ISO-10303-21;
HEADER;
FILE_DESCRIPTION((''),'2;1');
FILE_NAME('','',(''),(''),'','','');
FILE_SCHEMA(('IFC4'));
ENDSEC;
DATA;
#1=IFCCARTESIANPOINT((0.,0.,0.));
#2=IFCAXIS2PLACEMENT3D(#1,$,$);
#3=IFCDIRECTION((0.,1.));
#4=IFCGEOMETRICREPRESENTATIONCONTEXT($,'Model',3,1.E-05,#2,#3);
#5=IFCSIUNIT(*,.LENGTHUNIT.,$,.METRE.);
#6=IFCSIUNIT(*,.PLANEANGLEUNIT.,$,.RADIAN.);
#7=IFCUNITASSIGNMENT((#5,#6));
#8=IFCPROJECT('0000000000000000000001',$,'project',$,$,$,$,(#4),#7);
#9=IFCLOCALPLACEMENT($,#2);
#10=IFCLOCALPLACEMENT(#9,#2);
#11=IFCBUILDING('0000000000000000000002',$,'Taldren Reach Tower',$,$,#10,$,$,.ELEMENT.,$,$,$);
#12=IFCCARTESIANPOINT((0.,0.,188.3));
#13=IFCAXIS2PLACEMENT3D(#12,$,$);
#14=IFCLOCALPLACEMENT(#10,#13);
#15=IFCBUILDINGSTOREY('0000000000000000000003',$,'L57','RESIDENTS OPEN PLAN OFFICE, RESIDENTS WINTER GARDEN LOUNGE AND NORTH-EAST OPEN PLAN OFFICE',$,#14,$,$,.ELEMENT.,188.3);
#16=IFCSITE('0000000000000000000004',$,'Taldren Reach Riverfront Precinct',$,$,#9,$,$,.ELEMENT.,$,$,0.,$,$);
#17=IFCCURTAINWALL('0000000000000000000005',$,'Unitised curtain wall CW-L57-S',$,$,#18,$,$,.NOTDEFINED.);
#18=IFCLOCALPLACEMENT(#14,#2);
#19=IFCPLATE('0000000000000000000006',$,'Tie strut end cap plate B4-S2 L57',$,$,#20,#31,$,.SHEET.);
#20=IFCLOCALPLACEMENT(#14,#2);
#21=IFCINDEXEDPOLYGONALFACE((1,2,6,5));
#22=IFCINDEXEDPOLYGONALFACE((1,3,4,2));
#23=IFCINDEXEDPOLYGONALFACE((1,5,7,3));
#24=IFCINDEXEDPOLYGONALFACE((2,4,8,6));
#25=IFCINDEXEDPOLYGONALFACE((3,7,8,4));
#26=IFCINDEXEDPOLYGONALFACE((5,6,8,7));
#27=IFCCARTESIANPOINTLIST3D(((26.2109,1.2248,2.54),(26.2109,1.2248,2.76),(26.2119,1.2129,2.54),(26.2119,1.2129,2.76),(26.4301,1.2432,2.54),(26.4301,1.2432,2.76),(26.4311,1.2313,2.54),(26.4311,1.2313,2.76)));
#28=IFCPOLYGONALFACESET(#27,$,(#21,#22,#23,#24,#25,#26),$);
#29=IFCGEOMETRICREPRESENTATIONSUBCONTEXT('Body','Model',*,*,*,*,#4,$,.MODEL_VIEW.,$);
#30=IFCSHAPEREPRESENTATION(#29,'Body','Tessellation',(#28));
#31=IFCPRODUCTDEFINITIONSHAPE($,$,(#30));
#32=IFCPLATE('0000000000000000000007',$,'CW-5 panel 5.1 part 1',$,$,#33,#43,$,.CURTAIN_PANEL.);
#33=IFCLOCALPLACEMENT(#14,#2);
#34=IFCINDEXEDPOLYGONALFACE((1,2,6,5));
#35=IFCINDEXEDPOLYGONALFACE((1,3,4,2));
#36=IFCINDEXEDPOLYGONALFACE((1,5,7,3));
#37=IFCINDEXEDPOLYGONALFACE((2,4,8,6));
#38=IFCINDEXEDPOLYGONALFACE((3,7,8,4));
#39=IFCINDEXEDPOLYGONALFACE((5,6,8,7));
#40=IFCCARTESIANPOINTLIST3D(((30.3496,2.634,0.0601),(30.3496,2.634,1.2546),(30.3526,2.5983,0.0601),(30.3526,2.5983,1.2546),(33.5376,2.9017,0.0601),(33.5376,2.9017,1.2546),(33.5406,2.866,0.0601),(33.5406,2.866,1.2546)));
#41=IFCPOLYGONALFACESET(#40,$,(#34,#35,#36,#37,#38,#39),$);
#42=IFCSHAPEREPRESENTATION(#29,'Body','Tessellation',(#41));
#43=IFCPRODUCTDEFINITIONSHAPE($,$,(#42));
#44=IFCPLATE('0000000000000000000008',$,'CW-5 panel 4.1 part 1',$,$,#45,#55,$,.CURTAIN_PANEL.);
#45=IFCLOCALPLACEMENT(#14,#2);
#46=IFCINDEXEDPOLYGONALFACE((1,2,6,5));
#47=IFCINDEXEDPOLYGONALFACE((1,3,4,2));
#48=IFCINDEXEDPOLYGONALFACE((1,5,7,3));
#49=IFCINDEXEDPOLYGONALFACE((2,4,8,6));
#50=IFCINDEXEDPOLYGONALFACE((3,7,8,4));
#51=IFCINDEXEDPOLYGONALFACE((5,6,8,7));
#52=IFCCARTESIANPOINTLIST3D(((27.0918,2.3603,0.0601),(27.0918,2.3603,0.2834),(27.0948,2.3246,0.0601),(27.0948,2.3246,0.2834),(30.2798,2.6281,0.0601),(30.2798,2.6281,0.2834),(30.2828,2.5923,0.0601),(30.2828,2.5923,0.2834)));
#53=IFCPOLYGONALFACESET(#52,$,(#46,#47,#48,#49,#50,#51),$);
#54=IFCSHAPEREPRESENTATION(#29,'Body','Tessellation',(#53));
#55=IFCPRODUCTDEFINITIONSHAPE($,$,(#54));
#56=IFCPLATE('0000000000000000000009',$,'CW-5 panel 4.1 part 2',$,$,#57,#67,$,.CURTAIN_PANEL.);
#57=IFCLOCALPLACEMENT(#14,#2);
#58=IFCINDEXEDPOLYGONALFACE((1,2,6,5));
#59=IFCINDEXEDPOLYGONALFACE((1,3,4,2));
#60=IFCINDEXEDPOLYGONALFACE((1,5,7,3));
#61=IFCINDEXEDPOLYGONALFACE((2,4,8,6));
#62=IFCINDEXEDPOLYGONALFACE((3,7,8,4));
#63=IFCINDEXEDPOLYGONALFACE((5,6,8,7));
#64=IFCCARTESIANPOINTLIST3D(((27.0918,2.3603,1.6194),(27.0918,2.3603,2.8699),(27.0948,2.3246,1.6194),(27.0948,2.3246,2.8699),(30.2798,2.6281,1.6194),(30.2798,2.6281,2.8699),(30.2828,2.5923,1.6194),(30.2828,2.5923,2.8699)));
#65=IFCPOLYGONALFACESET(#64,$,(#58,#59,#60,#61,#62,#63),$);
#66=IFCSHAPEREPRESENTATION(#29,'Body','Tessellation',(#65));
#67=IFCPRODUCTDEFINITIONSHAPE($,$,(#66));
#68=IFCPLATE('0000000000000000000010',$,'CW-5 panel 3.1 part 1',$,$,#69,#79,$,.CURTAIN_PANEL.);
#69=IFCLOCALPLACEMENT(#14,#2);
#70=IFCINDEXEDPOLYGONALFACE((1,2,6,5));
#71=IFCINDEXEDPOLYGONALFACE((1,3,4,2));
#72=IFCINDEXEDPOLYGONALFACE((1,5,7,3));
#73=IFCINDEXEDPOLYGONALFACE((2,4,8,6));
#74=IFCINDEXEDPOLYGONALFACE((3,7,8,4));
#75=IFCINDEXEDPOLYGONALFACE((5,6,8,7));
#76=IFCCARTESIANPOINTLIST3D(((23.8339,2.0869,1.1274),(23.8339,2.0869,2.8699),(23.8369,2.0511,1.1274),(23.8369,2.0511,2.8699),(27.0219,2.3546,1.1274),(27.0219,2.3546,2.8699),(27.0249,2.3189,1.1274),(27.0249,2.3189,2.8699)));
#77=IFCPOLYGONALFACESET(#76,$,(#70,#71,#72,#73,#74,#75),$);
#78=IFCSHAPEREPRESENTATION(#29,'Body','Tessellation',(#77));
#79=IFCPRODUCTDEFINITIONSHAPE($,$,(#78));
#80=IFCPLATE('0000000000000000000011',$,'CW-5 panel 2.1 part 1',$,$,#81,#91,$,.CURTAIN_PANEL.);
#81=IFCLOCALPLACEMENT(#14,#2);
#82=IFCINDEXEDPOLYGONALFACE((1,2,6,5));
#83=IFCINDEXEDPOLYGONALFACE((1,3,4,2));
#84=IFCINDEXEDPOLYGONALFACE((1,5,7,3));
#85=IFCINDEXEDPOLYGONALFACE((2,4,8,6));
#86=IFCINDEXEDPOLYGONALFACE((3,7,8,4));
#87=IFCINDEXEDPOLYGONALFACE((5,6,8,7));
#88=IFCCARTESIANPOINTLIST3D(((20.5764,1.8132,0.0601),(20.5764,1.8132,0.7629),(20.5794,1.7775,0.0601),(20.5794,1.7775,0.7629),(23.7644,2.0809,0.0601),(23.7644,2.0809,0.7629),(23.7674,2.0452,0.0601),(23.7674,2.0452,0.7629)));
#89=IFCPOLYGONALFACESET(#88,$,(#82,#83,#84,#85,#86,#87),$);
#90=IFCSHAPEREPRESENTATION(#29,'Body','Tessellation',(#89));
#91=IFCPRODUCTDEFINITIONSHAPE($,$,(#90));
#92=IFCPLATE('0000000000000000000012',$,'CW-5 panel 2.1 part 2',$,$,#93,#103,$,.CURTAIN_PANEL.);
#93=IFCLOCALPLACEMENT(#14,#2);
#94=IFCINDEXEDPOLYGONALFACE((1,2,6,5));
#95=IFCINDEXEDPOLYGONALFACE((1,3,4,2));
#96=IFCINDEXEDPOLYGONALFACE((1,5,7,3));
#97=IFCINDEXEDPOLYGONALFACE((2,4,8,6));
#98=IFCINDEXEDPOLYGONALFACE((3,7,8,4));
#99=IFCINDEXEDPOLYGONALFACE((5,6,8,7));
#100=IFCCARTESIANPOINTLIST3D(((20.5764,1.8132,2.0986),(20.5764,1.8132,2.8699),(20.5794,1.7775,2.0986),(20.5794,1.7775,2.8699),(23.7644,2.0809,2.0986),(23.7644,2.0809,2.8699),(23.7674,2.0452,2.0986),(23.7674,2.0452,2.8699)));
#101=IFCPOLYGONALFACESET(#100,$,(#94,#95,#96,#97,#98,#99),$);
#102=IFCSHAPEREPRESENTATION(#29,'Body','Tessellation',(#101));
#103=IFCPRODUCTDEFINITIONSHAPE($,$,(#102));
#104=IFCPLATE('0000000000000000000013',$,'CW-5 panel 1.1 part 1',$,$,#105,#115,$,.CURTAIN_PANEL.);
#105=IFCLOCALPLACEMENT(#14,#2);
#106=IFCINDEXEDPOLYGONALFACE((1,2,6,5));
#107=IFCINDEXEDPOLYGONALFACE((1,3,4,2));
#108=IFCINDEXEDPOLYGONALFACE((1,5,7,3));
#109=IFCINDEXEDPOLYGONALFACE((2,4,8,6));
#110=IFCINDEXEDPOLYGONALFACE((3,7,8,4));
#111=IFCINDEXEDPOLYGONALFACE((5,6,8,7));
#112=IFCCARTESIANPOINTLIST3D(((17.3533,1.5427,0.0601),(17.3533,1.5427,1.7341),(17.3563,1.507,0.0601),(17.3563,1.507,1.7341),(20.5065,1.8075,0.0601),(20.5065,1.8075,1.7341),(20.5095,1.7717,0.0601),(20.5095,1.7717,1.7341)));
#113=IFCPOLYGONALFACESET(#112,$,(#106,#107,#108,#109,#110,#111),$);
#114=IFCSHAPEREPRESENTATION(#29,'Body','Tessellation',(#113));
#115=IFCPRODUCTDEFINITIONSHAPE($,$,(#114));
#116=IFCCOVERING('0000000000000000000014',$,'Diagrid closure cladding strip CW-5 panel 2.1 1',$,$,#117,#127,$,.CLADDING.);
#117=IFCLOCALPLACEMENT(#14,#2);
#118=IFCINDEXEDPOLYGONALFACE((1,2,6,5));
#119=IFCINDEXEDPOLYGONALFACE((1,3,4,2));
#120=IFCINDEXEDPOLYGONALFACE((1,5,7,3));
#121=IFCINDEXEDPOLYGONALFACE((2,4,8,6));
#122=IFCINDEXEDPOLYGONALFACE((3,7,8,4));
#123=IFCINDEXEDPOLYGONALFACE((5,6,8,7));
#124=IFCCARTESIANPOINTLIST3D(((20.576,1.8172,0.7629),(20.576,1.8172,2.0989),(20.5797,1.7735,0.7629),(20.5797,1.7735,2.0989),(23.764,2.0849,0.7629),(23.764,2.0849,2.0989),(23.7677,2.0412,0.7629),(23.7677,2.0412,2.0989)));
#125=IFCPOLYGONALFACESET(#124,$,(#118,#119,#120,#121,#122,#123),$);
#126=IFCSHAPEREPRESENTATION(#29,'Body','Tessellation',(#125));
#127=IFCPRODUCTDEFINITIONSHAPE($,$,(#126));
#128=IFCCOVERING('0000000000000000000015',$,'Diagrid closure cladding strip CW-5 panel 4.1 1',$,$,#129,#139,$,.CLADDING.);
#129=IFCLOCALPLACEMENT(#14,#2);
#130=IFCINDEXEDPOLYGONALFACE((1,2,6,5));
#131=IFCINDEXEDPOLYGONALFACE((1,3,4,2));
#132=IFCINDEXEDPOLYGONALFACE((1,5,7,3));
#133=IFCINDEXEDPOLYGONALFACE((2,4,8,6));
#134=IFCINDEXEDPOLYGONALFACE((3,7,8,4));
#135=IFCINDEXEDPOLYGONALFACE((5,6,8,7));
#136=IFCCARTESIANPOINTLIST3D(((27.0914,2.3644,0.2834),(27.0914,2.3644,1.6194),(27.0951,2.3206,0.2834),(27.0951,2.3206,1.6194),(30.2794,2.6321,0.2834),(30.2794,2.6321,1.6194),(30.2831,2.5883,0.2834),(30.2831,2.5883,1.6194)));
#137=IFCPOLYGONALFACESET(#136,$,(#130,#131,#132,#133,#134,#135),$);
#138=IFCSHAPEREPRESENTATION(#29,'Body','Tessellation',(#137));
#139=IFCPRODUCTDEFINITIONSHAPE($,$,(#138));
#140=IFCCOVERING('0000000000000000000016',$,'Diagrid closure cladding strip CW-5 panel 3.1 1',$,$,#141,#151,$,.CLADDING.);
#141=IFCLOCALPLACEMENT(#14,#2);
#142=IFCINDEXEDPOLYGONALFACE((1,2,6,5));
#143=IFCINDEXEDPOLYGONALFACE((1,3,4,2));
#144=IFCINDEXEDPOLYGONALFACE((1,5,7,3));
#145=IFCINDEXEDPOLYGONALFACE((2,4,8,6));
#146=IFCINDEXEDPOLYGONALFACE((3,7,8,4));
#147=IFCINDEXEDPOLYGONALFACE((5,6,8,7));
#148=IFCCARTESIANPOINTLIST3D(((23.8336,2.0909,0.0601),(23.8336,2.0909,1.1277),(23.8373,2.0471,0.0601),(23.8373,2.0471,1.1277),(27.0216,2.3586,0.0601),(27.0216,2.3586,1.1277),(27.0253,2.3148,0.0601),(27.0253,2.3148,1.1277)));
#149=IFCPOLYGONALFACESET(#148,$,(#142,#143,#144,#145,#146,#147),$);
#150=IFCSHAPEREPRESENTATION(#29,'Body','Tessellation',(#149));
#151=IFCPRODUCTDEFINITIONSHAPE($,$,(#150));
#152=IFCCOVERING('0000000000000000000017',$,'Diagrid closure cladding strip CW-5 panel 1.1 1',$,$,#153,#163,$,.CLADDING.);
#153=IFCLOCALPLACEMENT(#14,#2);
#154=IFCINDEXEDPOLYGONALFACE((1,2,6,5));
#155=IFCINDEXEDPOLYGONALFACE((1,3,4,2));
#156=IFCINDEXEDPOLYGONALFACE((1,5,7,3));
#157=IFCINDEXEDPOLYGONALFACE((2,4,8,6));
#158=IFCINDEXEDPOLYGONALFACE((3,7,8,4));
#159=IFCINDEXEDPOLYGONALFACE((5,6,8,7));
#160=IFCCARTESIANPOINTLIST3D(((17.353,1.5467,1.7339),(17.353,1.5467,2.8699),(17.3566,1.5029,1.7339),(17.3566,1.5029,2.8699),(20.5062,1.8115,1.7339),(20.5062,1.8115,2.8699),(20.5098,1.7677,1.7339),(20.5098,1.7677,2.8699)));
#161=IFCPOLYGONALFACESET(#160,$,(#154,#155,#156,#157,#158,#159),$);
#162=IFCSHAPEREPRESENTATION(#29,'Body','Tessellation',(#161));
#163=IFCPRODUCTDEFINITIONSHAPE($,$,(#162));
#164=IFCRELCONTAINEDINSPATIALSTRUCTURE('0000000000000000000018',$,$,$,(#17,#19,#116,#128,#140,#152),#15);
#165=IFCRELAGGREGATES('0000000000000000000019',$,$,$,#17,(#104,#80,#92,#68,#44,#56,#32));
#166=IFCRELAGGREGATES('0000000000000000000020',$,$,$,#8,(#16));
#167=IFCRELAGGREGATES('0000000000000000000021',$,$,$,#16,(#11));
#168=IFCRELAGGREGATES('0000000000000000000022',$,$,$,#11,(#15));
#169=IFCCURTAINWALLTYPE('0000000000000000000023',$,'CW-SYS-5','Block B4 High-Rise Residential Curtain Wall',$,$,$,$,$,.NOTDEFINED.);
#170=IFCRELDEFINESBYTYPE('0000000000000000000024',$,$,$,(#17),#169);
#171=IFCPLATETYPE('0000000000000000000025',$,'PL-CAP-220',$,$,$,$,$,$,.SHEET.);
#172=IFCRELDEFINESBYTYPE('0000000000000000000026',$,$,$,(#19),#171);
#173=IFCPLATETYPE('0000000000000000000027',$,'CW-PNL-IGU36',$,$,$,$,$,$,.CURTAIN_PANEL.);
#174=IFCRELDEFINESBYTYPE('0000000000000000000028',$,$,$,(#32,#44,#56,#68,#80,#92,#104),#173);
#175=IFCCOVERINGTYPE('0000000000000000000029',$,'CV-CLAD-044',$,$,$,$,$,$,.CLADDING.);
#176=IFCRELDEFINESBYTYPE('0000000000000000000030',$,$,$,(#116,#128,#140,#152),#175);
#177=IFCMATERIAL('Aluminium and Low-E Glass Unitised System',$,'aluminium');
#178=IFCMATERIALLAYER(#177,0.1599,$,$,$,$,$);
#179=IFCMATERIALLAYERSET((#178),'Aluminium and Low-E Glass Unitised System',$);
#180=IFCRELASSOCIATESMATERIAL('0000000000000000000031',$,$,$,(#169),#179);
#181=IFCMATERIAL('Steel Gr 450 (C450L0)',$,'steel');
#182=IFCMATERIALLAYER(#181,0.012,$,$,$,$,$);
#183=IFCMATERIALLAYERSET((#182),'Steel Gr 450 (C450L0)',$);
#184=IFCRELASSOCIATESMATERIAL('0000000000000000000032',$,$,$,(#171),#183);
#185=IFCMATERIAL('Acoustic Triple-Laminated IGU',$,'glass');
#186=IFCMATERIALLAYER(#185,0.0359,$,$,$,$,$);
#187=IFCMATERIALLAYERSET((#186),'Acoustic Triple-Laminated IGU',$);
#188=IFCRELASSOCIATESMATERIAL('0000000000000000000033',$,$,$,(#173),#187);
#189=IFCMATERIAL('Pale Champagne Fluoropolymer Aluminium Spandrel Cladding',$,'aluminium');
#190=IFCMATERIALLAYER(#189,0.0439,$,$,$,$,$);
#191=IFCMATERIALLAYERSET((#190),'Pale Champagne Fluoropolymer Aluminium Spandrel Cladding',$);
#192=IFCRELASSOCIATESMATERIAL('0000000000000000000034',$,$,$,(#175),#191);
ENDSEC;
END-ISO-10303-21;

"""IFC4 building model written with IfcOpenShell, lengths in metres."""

from ifc_helpers import new_model, si_unit, direction, frame, origin, origin_2d, place, context, subcontext, project, spatial, rectangle, extrude, source, transform, mapped, material, layer, layer_set, type_object, element, aggregate, save


model = new_model("IFC4")

# Units and contexts
model_context = context("Model", 3, precision=1e-05, world=origin(), true_north=direction((0.0, 1.0)))
body_context = subcontext(model_context, "Body", "Model", "MODEL_VIEW")
ifc_project = project(units=[si_unit("LENGTHUNIT", "METRE"), si_unit("PLANEANGLEUNIT", "RADIAN")], contexts=[model_context])

# Site, building, storey
site_placement = place(None, origin())
site = spatial("IfcSite", under=ifc_project, at=site_placement, Name="Taldren Reach Riverfront Precinct", CompositionType="ELEMENT", RefElevation=0.0)
building_placement = place(site_placement, origin())
building = spatial("IfcBuilding", under=site, at=building_placement, Name="Taldren Reach Tower", CompositionType="ELEMENT")
storey_placement = place(building_placement, frame((0.0, 0.0, 188.3)))
storey = spatial("IfcBuildingStorey", under=building, at=storey_placement, Name="L57", Description="RESIDENTS OPEN PLAN OFFICE, RESIDENTS WINTER GARDEN LOUNGE AND NORTH-EAST OPEN PLAN OFFICE", CompositionType="ELEMENT", Elevation=188.3)

# Shared definitions
ifc_material_1 = material(Name="Steel Gr 450 (C450L0)", Category="steel")

# Curtain wall
ifc_material_2 = material(Name="Aluminium and Low-E Glass Unitised System", Category="aluminium")
ifc_layer_1 = layer(ifc_material_2, 0.1599)
ifc_layer_set_1 = layer_set([ifc_layer_1], Name="Aluminium and Low-E Glass Unitised System")
curtain_wall_type = type_object("IfcCurtainWallType", Name="CW-SYS-5", Description="Block B4 High-Rise Residential Curtain Wall", PredefinedType="NOTDEFINED", material=ifc_layer_set_1)
curtain_wall_placement = place(storey_placement, origin())
curtain_wall = element("IfcCurtainWall", 1, at=curtain_wall_placement, inside=storey, type_object=curtain_wall_type, Name="Unitised curtain wall CW-L57-S", PredefinedType="NOTDEFINED")

# Plate
ifc_layer_2 = layer(ifc_material_1, 0.012)
ifc_layer_set_2 = layer_set([ifc_layer_2], Name="Steel Gr 450 (C450L0)")
plate_type_1 = type_object("IfcPlateType", Name="PL-CAP-220", PredefinedType="SHEET", material=ifc_layer_set_2)
shared_shape_1 = source(origin(), body_context, "Body", "SweptSolid", [
    extrude(rectangle(XDim=0.22, YDim=0.012, at=origin_2d()), origin(), (0.0, 0.0, 1.0), 0.22),
])
plate_1_placement = place(storey_placement, frame((26.321, 1.228, 2.54), z_axis=(0.0, 0.0, 1.0), x_axis=(0.996493, 0.083678, 0.0)))
element("IfcPlate", 2, at=plate_1_placement, inside=storey, type_object=plate_type_1, Name="Tie strut end cap plate B4-S2 L57", PredefinedType="SHEET", context=body_context, shape_type="MappedRepresentation", body=[
    mapped(shared_shape_1, transform((0.0, 0.0, 0.0), scale=1.0)),
])

# Plates
ifc_material_3 = material(Name="Acoustic Triple-Laminated IGU", Category="glass")
ifc_layer_3 = layer(ifc_material_3, 0.0359)
ifc_layer_set_3 = layer_set([ifc_layer_3], Name="Acoustic Triple-Laminated IGU")
plate_type_2 = type_object("IfcPlateType", Name="CW-PNL-IGU36", PredefinedType="CURTAIN_PANEL", material=ifc_layer_set_3)
shared_shape_2 = source(origin(), body_context, "Body", "SweptSolid", [
    extrude(rectangle(XDim=3.1992, YDim=0.0359, at=origin_2d()), origin(), (0.0, 0.0, 1.0), 1.1946),
])
plate_2_placement = place(storey_placement, frame((31.9451, 2.75, 0.0601), z_axis=(0.0, 0.0, 1.0), x_axis=(0.996493, 0.083678, 0.0)))
plate_2 = element("IfcPlate", 3, at=plate_2_placement, type_object=plate_type_2, Name="CW-5 panel 5.1 part 1", PredefinedType="CURTAIN_PANEL", context=body_context, shape_type="MappedRepresentation", body=[
    mapped(shared_shape_2, transform((0.0, 0.0, 0.0), scale=1.0)),
])
shared_shape_3 = source(origin(), body_context, "Body", "SweptSolid", [
    extrude(rectangle(XDim=3.1992, YDim=0.0359, at=origin_2d()), origin(), (0.0, 0.0, 1.0), 0.2234),
])
plate_3_placement = place(storey_placement, frame((28.6873, 2.4763, 0.0601), z_axis=(0.0, 0.0, 1.0), x_axis=(0.996493, 0.083678, 0.0)))
plate_3 = element("IfcPlate", 4, at=plate_3_placement, type_object=plate_type_2, Name="CW-5 panel 4.1 part 1", PredefinedType="CURTAIN_PANEL", context=body_context, shape_type="MappedRepresentation", body=[
    mapped(shared_shape_3, transform((0.0, 0.0, 0.0), scale=1.0)),
])
shared_shape_4 = source(origin(), body_context, "Body", "SweptSolid", [
    extrude(rectangle(XDim=3.1992, YDim=0.0359, at=origin_2d()), origin(), (0.0, 0.0, 1.0), 1.2505),
])
plate_4_placement = place(storey_placement, frame((28.6873, 2.4763, 1.6194), z_axis=(0.0, 0.0, 1.0), x_axis=(0.996493, 0.083678, 0.0)))
plate_4 = element("IfcPlate", 5, at=plate_4_placement, type_object=plate_type_2, Name="CW-5 panel 4.1 part 2", PredefinedType="CURTAIN_PANEL", context=body_context, shape_type="MappedRepresentation", body=[
    mapped(shared_shape_4, transform((0.0, 0.0, 0.0), scale=1.0)),
])
shared_shape_5 = source(origin(), body_context, "Body", "SweptSolid", [
    extrude(rectangle(XDim=3.1992, YDim=0.0359, at=origin_2d()), origin(), (0.0, 0.0, 1.0), 1.7424),
])
plate_5_placement = place(storey_placement, frame((25.4294, 2.2029, 1.1274), z_axis=(0.0, 0.0, 1.0), x_axis=(0.996493, 0.083678, 0.0)))
plate_5 = element("IfcPlate", 6, at=plate_5_placement, type_object=plate_type_2, Name="CW-5 panel 3.1 part 1", PredefinedType="CURTAIN_PANEL", context=body_context, shape_type="MappedRepresentation", body=[
    mapped(shared_shape_5, transform((0.0, 0.0, 0.0), scale=1.0)),
])
shared_shape_6 = source(origin(), body_context, "Body", "SweptSolid", [
    extrude(rectangle(XDim=3.1992, YDim=0.0359, at=origin_2d()), origin(), (0.0, 0.0, 1.0), 0.7029),
])
plate_6_placement = place(storey_placement, frame((22.1719, 1.9292, 0.0601), z_axis=(0.0, 0.0, 1.0), x_axis=(0.996493, 0.083678, 0.0)))
plate_6 = element("IfcPlate", 7, at=plate_6_placement, type_object=plate_type_2, Name="CW-5 panel 2.1 part 1", PredefinedType="CURTAIN_PANEL", context=body_context, shape_type="MappedRepresentation", body=[
    mapped(shared_shape_6, transform((0.0, 0.0, 0.0), scale=1.0)),
])
shared_shape_7 = source(origin(), body_context, "Body", "SweptSolid", [
    extrude(rectangle(XDim=3.1992, YDim=0.0359, at=origin_2d()), origin(), (0.0, 0.0, 1.0), 0.7712),
])
plate_7_placement = place(storey_placement, frame((22.1719, 1.9292, 2.0986), z_axis=(0.0, 0.0, 1.0), x_axis=(0.996493, 0.083678, 0.0)))
plate_7 = element("IfcPlate", 8, at=plate_7_placement, type_object=plate_type_2, Name="CW-5 panel 2.1 part 2", PredefinedType="CURTAIN_PANEL", context=body_context, shape_type="MappedRepresentation", body=[
    mapped(shared_shape_7, transform((0.0, 0.0, 0.0), scale=1.0)),
])
shared_shape_8 = source(origin(), body_context, "Body", "SweptSolid", [
    extrude(rectangle(XDim=3.1643, YDim=0.0359, at=origin_2d()), origin(), (0.0, 0.0, 1.0), 1.6741),
])
plate_8_placement = place(storey_placement, frame((18.9314, 1.6572, 0.0601), z_axis=(0.0, 0.0, 1.0), x_axis=(0.996493, 0.083678, 0.0)))
plate_8 = element("IfcPlate", 9, at=plate_8_placement, type_object=plate_type_2, Name="CW-5 panel 1.1 part 1", PredefinedType="CURTAIN_PANEL", context=body_context, shape_type="MappedRepresentation", body=[
    mapped(shared_shape_8, transform((0.0, 0.0, 0.0), scale=1.0)),
])
aggregate(curtain_wall, [plate_8, plate_6, plate_7, plate_5, plate_3, plate_4, plate_2])

# Coverings
ifc_material_4 = material(Name="Pale Champagne Fluoropolymer Aluminium Spandrel Cladding", Category="aluminium")
ifc_layer_4 = layer(ifc_material_4, 0.0439)
ifc_layer_set_4 = layer_set([ifc_layer_4], Name="Pale Champagne Fluoropolymer Aluminium Spandrel Cladding")
covering_type = type_object("IfcCoveringType", Name="CV-CLAD-044", PredefinedType="CLADDING", material=ifc_layer_set_4)
shared_shape_9 = source(origin(), body_context, "Body", "SweptSolid", [
    extrude(rectangle(XDim=3.1992, YDim=0.0439, at=origin_2d()), origin(), (0.0, 0.0, 1.0), 1.3359),
])
for number, where, z_axis, x_axis, name in (
    (10, (22.1719, 1.9292, 0.7629), (0.0, 0.0, 1.0), (0.996493, 0.083678, 0.0), "Diagrid closure cladding strip CW-5 panel 2.1 1"),
    (11, (28.6873, 2.4763, 0.2834), (0.0, 0.0, 1.0), (0.996493, 0.083678, 0.0), "Diagrid closure cladding strip CW-5 panel 4.1 1"),
):
    element("IfcCovering", number, at=place(storey_placement, frame(where, z_axis=z_axis, x_axis=x_axis)), inside=storey, type_object=covering_type, Name=name, PredefinedType="CLADDING", context=body_context, shape_type="MappedRepresentation", body=[
        mapped(shared_shape_9, transform((0.0, 0.0, 0.0), scale=1.0)),
    ])
shared_shape_10 = source(origin(), body_context, "Body", "SweptSolid", [
    extrude(rectangle(XDim=3.1992, YDim=0.0439, at=origin_2d()), origin(), (0.0, 0.0, 1.0), 1.0676),
])
covering_1_placement = place(storey_placement, frame((25.4294, 2.2029, 0.0601), z_axis=(0.0, 0.0, 1.0), x_axis=(0.996493, 0.083678, 0.0)))
element("IfcCovering", 12, at=covering_1_placement, inside=storey, type_object=covering_type, Name="Diagrid closure cladding strip CW-5 panel 3.1 1", PredefinedType="CLADDING", context=body_context, shape_type="MappedRepresentation", body=[
    mapped(shared_shape_10, transform((0.0, 0.0, 0.0), scale=1.0)),
])
shared_shape_11 = source(origin(), body_context, "Body", "SweptSolid", [
    extrude(rectangle(XDim=3.1643, YDim=0.0439, at=origin_2d()), origin(), (0.0, 0.0, 1.0), 1.136),
])
covering_2_placement = place(storey_placement, frame((18.9314, 1.6572, 1.7339), z_axis=(0.0, 0.0, 1.0), x_axis=(0.996493, 0.083678, 0.0)))
element("IfcCovering", 13, at=covering_2_placement, inside=storey, type_object=covering_type, Name="Diagrid closure cladding strip CW-5 panel 1.1 1", PredefinedType="CLADDING", context=body_context, shape_type="MappedRepresentation", body=[
    mapped(shared_shape_11, transform((0.0, 0.0, 0.0), scale=1.0)),
])

save(model, "model.ifc")
